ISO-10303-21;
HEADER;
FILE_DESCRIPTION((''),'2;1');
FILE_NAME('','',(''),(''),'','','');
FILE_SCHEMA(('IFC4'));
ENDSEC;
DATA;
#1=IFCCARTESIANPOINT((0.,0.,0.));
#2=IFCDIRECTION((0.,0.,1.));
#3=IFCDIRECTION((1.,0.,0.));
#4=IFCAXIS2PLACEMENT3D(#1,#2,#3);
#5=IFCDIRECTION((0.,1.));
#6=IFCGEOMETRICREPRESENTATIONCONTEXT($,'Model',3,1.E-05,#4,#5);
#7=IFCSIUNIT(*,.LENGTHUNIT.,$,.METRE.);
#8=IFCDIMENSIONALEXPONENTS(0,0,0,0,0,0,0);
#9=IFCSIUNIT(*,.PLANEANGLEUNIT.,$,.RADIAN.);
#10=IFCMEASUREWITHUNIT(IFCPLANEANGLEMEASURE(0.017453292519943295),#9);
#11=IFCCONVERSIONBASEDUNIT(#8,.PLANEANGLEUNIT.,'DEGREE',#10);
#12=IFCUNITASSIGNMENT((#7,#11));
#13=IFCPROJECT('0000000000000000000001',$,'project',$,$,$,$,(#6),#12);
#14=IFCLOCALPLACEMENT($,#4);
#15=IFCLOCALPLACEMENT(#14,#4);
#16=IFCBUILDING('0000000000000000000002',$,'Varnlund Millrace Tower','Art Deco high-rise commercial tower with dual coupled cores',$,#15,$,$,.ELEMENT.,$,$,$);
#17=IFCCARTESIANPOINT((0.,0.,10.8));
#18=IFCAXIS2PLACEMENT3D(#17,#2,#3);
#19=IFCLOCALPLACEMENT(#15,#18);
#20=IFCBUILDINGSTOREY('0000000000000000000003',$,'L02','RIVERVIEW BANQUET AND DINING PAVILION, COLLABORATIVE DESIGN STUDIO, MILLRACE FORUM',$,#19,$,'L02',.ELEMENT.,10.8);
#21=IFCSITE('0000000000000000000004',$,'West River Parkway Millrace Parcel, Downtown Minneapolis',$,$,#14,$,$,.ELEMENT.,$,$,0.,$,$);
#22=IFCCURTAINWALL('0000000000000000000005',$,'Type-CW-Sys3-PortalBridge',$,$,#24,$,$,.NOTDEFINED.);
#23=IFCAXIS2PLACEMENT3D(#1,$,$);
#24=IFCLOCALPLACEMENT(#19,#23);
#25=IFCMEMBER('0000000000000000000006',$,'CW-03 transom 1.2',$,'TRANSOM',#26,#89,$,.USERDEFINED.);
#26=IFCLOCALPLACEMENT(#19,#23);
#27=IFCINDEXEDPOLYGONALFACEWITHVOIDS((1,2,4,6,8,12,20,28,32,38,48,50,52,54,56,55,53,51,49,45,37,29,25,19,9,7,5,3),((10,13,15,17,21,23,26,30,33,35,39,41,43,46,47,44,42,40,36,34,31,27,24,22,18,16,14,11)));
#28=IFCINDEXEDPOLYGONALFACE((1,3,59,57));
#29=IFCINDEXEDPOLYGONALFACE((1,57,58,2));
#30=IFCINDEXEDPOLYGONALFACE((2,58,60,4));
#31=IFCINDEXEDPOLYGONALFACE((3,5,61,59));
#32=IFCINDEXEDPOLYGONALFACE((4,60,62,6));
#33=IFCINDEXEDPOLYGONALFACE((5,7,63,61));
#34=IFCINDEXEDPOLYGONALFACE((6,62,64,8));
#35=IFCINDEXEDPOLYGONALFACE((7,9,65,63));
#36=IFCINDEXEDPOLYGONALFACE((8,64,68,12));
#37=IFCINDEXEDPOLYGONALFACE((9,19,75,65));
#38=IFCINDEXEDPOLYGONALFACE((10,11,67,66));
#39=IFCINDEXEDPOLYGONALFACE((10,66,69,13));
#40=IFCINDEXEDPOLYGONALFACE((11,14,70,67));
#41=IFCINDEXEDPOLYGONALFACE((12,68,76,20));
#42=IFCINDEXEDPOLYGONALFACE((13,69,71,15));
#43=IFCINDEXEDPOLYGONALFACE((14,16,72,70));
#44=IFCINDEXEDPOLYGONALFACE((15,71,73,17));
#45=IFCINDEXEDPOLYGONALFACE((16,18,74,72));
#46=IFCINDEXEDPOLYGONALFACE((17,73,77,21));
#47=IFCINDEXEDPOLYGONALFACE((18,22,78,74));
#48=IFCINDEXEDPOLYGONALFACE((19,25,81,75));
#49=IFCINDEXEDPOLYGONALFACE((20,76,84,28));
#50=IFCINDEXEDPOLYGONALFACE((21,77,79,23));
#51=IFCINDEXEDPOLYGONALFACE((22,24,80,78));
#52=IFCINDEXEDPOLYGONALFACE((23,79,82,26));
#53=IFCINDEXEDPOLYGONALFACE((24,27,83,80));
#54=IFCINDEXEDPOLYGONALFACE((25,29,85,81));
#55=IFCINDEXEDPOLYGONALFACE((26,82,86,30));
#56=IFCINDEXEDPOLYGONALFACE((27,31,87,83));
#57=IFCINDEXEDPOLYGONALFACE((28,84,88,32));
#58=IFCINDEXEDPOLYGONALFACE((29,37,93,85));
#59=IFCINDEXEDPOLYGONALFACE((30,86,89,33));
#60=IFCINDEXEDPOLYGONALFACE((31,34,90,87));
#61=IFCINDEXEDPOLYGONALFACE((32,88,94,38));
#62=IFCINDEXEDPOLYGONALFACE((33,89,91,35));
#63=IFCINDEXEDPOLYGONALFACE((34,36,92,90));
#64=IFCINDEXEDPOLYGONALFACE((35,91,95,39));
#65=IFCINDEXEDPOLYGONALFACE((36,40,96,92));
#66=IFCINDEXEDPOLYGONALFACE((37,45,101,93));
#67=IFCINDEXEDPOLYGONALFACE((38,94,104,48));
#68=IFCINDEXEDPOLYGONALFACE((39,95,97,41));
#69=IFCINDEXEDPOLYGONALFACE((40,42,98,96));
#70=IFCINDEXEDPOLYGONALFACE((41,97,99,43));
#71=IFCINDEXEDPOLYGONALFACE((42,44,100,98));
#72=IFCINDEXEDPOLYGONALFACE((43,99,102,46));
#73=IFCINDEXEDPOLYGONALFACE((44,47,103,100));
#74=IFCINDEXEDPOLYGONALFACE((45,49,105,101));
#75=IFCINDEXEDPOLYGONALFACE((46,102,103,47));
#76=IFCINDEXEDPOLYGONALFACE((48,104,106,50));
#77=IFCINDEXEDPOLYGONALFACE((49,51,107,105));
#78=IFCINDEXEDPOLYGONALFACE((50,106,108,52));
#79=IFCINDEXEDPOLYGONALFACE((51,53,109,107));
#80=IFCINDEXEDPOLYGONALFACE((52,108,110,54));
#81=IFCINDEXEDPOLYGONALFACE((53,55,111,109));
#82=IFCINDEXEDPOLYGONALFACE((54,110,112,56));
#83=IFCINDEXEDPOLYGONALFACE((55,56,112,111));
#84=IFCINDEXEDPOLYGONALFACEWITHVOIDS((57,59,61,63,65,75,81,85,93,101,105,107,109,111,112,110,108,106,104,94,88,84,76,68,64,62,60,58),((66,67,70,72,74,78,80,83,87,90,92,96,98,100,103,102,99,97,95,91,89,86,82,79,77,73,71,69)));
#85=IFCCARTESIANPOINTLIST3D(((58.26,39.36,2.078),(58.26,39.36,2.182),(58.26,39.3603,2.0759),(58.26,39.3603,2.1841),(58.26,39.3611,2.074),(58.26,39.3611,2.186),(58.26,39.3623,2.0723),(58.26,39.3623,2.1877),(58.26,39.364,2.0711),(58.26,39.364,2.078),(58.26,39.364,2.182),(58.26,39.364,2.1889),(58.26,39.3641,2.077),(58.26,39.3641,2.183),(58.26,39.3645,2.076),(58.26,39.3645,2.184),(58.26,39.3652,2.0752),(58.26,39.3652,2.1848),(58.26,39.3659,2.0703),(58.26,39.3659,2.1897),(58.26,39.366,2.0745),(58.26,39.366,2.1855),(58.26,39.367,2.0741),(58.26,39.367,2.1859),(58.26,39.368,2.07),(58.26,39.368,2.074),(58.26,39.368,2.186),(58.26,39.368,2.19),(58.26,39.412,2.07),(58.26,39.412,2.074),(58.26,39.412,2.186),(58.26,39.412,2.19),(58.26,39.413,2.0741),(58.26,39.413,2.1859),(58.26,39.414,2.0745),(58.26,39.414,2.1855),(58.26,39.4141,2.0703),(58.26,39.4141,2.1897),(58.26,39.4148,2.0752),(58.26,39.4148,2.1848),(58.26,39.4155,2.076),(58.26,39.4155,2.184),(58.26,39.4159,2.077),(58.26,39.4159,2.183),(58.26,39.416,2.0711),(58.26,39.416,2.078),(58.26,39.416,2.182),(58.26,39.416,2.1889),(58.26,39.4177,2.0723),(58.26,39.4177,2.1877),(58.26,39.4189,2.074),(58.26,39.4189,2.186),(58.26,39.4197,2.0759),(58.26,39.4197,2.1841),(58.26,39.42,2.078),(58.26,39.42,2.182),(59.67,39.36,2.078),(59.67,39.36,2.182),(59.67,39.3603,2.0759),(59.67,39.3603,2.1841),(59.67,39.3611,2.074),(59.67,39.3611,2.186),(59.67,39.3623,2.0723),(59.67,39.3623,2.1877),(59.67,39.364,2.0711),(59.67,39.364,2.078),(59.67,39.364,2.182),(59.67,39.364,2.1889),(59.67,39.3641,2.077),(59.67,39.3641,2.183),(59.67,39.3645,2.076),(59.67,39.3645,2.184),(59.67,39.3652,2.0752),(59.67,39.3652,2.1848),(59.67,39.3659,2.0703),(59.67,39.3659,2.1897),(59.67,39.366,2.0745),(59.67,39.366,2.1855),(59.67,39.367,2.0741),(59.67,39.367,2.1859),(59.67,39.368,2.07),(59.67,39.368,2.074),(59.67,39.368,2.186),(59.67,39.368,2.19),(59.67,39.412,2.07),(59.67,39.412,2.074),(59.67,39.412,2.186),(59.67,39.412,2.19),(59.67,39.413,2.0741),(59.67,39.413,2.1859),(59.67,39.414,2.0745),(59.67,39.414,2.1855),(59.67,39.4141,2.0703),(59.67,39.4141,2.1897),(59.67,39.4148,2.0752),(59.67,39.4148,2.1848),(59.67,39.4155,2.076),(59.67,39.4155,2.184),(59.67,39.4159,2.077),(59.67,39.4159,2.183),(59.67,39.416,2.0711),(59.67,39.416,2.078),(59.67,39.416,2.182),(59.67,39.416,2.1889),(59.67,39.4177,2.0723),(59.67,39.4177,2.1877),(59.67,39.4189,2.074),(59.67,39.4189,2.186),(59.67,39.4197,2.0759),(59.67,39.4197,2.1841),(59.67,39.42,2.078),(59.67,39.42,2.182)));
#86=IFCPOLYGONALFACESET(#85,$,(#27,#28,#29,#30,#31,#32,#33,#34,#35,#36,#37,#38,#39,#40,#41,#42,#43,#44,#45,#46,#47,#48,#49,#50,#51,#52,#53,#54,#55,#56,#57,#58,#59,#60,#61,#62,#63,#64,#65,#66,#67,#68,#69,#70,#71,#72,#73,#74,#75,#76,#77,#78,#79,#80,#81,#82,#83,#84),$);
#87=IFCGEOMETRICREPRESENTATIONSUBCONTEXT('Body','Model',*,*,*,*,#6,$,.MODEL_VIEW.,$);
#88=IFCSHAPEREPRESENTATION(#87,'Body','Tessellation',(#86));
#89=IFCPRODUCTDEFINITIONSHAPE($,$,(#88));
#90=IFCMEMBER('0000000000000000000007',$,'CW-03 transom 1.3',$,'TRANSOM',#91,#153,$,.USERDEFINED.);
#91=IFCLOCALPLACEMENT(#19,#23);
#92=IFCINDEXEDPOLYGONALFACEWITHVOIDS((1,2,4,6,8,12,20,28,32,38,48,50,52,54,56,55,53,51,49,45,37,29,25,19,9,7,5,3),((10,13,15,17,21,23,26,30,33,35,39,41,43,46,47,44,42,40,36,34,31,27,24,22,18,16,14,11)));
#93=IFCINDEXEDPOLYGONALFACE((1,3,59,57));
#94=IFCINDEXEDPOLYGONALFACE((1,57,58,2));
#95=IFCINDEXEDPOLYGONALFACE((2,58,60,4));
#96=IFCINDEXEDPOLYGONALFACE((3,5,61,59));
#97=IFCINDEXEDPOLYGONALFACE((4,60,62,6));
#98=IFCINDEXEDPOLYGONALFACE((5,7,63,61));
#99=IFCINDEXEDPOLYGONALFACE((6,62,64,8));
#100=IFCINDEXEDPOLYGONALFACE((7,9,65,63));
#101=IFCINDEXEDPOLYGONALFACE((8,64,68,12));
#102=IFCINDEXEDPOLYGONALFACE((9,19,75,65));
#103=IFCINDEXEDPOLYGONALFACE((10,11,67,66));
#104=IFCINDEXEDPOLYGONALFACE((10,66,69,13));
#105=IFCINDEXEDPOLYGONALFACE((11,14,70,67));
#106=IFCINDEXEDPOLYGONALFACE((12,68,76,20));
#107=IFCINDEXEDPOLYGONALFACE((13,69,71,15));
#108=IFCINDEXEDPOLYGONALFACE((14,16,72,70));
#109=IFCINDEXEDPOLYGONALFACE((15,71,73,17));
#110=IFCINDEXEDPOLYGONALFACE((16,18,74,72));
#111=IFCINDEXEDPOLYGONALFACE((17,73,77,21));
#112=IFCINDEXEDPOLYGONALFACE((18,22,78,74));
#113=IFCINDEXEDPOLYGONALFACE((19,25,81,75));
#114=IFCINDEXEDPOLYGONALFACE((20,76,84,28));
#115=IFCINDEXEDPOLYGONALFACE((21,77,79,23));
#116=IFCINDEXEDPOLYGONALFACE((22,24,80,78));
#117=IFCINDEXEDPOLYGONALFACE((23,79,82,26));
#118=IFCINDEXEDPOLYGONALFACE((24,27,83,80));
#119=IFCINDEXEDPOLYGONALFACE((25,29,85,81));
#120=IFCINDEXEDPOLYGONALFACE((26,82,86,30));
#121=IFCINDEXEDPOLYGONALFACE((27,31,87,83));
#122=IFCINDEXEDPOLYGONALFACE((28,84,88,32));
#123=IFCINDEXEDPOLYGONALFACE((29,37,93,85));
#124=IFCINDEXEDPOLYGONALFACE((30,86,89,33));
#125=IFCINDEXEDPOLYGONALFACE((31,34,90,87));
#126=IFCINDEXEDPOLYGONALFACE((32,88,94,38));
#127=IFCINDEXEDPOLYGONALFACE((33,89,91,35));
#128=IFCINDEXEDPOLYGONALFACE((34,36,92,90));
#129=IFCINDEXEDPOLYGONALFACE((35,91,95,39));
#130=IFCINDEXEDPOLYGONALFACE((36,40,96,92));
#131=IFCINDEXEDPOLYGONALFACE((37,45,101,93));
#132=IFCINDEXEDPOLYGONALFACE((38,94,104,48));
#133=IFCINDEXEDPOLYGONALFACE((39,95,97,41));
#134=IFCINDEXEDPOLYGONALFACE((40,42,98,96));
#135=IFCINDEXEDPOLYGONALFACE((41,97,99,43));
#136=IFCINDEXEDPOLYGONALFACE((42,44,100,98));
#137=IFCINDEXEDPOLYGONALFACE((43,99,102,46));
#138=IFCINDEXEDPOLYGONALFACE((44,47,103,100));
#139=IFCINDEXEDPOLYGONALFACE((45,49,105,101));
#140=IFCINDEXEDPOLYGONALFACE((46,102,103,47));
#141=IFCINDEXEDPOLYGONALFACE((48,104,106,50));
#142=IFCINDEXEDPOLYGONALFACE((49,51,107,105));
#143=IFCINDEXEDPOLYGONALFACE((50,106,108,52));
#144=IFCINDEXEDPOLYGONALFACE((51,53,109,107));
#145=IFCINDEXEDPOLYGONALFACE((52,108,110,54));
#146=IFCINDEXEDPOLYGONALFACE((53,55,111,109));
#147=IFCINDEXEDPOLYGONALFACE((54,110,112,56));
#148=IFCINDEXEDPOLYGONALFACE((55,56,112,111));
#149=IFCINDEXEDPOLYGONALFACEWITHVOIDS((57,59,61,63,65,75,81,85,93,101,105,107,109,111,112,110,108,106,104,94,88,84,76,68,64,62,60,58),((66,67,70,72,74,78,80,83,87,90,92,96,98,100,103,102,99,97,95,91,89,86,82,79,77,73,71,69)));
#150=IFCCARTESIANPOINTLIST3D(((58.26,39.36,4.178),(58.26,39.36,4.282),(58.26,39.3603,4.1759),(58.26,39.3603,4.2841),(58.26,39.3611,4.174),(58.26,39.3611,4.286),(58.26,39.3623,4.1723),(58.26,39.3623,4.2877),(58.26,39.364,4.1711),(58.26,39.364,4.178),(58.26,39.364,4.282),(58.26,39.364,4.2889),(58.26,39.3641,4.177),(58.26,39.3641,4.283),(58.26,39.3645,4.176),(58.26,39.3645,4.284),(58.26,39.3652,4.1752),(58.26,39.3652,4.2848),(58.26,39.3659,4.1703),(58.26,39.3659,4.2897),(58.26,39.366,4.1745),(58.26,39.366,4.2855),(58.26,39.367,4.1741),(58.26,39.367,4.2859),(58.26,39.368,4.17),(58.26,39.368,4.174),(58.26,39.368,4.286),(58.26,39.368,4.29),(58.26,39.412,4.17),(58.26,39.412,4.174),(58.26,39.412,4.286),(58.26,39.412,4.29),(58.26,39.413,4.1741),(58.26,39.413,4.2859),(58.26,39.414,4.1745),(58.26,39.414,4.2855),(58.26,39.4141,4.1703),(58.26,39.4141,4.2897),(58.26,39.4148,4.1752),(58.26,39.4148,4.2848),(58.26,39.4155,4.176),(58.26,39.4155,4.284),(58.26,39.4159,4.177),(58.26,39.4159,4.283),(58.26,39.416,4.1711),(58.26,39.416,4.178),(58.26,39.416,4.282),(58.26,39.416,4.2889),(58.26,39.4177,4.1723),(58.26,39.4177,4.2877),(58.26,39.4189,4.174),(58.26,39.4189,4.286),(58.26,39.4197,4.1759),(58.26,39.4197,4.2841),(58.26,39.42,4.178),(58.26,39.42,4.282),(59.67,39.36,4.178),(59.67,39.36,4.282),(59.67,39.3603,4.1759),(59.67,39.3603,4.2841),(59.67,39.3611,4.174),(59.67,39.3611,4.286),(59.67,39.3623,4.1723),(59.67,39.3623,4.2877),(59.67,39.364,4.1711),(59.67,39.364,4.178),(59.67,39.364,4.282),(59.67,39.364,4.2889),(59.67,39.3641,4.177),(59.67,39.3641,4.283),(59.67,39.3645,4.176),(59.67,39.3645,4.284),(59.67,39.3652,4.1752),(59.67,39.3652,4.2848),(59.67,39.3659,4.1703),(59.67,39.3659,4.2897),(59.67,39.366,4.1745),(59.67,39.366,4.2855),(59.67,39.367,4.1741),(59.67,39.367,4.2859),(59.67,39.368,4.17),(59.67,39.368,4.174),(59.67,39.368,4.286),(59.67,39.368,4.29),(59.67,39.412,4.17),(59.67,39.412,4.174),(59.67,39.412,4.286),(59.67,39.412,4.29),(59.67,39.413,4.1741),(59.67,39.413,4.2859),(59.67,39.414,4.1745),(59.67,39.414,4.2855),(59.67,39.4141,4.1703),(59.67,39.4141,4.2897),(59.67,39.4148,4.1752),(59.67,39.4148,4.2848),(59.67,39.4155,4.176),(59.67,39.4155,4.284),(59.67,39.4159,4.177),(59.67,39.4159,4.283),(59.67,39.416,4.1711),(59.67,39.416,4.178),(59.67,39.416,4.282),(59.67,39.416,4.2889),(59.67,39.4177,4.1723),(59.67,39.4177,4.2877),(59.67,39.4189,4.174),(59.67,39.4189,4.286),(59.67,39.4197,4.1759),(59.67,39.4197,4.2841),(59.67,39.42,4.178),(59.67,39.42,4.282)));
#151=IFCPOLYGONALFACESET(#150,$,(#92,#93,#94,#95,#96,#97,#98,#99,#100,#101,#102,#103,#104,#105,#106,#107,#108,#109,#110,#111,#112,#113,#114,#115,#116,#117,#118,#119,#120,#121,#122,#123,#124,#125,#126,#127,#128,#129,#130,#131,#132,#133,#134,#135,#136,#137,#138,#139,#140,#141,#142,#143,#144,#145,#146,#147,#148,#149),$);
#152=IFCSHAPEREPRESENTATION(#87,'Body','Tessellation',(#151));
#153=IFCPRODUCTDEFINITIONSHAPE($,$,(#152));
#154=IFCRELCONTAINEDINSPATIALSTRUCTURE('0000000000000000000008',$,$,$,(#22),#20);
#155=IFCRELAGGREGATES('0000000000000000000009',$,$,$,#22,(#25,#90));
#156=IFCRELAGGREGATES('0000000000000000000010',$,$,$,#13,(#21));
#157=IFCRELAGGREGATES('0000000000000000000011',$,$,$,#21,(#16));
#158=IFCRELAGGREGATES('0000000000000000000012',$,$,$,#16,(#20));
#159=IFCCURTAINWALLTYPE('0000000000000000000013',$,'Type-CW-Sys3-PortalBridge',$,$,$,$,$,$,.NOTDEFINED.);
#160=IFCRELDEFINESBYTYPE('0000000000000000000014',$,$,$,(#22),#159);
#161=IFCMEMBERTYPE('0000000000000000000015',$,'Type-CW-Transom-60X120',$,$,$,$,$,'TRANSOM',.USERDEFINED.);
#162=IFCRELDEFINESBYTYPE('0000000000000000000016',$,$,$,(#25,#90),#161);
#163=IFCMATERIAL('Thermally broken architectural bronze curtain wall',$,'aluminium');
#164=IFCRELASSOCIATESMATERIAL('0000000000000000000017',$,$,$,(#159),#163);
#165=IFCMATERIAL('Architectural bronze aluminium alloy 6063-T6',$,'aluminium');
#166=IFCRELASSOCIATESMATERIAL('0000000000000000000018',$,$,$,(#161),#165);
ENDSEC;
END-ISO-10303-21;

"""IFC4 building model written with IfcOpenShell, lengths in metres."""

from ifc_helpers import new_model, entity, si_unit, converted_unit, direction, frame, origin_with_axes, origin_2d_with_axis, place, context, subcontext, project, spatial, hollow_rectangle, extrude, material, material_profile, profile_set, type_object, element, aggregate, save


model = new_model("IFC4")

# Units and contexts
model_context = context("Model", 3, precision=1e-05, world=origin_with_axes(), true_north=direction((0.0, 1.0)))
body_context = subcontext(model_context, "Body", "Model", "MODEL_VIEW")
ifc_project = project(units=[si_unit("LENGTHUNIT", "METRE"), converted_unit("PLANEANGLEUNIT", "DEGREE", entity("IfcPlaneAngleMeasure", 0.017453292519943295), si_unit("PLANEANGLEUNIT", "RADIAN"), dimensions=[0, 0, 0, 0, 0, 0, 0])], contexts=[model_context])

# Site, building, storey
site_placement = place(None, origin_with_axes())
site = spatial("IfcSite", under=ifc_project, at=site_placement, Name="West River Parkway Millrace Parcel, Downtown Minneapolis", CompositionType="ELEMENT", RefElevation=0.0)
building_placement = place(site_placement, origin_with_axes())
building = spatial("IfcBuilding", under=site, at=building_placement, Name="Varnlund Millrace Tower", Description="Art Deco high-rise commercial tower with dual coupled cores", CompositionType="ELEMENT")
storey_placement = place(building_placement, frame((0.0, 0.0, 10.8), z_axis=(0.0, 0.0, 1.0), x_axis=(1.0, 0.0, 0.0)))
storey = spatial("IfcBuildingStorey", under=building, at=storey_placement, Name="L02", Description="RIVERVIEW BANQUET AND DINING PAVILION, COLLABORATIVE DESIGN STUDIO, MILLRACE FORUM", LongName="L02", CompositionType="ELEMENT", Elevation=10.8)

# Curtain wall, members
ifc_material_1 = material(Name="Thermally broken architectural bronze curtain wall", Category="aluminium")
curtain_wall_type = type_object("IfcCurtainWallType", Name="Type-CW-Sys3-PortalBridge", PredefinedType="NOTDEFINED", material=ifc_material_1)
curtain_wall_placement = place(storey_placement, frame((58.2, 39.39, 0.0), z_axis=(0.0, 0.0, 1.0), x_axis=(1.0, 0.0, 0.0)))
curtain_wall = element("IfcCurtainWall", 1, at=curtain_wall_placement, inside=storey, type_object=curtain_wall_type, Name="Type-CW-Sys3-PortalBridge", PredefinedType="NOTDEFINED")
ifc_material_2 = material(Name="Architectural bronze aluminium alloy 6063-T6", Category="aluminium")
ifc_material_profile_1 = material_profile(ifc_material_2, hollow_rectangle(XDim=0.06, YDim=0.12, WallThickness=0.004, InnerFilletRadius=0.004, OuterFilletRadius=0.008, at=origin_2d_with_axis()), Name="Architectural bronze aluminium alloy 6063-T6")
ifc_profile_set_1 = profile_set([ifc_material_profile_1], Name="Architectural bronze aluminium alloy 6063-T6")
member_type_1 = type_object("IfcMemberType", Name="Type-CW-Transom-60X120", ElementType="TRANSOM", PredefinedType="USERDEFINED", material=ifc_profile_set_1)
member_1_placement = place(storey_placement, frame((58.26, 39.39, 2.13), z_axis=(1.0, 0.0, 0.0), x_axis=(0.0, 1.0, 0.0)))
member_1 = element("IfcMember", 2, at=member_1_placement, type_object=member_type_1, Name="CW-03 transom 1.2", ObjectType="TRANSOM", PredefinedType="USERDEFINED", context=body_context, shape_type="SweptSolid", body=[
    extrude(hollow_rectangle(XDim=0.06, YDim=0.12, WallThickness=0.004, InnerFilletRadius=0.004, OuterFilletRadius=0.008, at=origin_2d_with_axis()), origin_with_axes(), (0.0, 0.0, 1.0), 1.41),
])
member_2_placement = place(storey_placement, frame((58.26, 39.39, 4.23), z_axis=(1.0, 0.0, 0.0), x_axis=(0.0, 1.0, 0.0)))
member_2 = element("IfcMember", 3, at=member_2_placement, type_object=member_type_1, Name="CW-03 transom 1.3", ObjectType="TRANSOM", PredefinedType="USERDEFINED", context=body_context, shape_type="SweptSolid", body=[
    extrude(hollow_rectangle(XDim=0.06, YDim=0.12, WallThickness=0.004, InnerFilletRadius=0.004, OuterFilletRadius=0.008, at=origin_2d_with_axis()), origin_with_axes(), (0.0, 0.0, 1.0), 1.41),
])

aggregate(curtain_wall, [member_1, member_2])

save(model, "model.ifc")
